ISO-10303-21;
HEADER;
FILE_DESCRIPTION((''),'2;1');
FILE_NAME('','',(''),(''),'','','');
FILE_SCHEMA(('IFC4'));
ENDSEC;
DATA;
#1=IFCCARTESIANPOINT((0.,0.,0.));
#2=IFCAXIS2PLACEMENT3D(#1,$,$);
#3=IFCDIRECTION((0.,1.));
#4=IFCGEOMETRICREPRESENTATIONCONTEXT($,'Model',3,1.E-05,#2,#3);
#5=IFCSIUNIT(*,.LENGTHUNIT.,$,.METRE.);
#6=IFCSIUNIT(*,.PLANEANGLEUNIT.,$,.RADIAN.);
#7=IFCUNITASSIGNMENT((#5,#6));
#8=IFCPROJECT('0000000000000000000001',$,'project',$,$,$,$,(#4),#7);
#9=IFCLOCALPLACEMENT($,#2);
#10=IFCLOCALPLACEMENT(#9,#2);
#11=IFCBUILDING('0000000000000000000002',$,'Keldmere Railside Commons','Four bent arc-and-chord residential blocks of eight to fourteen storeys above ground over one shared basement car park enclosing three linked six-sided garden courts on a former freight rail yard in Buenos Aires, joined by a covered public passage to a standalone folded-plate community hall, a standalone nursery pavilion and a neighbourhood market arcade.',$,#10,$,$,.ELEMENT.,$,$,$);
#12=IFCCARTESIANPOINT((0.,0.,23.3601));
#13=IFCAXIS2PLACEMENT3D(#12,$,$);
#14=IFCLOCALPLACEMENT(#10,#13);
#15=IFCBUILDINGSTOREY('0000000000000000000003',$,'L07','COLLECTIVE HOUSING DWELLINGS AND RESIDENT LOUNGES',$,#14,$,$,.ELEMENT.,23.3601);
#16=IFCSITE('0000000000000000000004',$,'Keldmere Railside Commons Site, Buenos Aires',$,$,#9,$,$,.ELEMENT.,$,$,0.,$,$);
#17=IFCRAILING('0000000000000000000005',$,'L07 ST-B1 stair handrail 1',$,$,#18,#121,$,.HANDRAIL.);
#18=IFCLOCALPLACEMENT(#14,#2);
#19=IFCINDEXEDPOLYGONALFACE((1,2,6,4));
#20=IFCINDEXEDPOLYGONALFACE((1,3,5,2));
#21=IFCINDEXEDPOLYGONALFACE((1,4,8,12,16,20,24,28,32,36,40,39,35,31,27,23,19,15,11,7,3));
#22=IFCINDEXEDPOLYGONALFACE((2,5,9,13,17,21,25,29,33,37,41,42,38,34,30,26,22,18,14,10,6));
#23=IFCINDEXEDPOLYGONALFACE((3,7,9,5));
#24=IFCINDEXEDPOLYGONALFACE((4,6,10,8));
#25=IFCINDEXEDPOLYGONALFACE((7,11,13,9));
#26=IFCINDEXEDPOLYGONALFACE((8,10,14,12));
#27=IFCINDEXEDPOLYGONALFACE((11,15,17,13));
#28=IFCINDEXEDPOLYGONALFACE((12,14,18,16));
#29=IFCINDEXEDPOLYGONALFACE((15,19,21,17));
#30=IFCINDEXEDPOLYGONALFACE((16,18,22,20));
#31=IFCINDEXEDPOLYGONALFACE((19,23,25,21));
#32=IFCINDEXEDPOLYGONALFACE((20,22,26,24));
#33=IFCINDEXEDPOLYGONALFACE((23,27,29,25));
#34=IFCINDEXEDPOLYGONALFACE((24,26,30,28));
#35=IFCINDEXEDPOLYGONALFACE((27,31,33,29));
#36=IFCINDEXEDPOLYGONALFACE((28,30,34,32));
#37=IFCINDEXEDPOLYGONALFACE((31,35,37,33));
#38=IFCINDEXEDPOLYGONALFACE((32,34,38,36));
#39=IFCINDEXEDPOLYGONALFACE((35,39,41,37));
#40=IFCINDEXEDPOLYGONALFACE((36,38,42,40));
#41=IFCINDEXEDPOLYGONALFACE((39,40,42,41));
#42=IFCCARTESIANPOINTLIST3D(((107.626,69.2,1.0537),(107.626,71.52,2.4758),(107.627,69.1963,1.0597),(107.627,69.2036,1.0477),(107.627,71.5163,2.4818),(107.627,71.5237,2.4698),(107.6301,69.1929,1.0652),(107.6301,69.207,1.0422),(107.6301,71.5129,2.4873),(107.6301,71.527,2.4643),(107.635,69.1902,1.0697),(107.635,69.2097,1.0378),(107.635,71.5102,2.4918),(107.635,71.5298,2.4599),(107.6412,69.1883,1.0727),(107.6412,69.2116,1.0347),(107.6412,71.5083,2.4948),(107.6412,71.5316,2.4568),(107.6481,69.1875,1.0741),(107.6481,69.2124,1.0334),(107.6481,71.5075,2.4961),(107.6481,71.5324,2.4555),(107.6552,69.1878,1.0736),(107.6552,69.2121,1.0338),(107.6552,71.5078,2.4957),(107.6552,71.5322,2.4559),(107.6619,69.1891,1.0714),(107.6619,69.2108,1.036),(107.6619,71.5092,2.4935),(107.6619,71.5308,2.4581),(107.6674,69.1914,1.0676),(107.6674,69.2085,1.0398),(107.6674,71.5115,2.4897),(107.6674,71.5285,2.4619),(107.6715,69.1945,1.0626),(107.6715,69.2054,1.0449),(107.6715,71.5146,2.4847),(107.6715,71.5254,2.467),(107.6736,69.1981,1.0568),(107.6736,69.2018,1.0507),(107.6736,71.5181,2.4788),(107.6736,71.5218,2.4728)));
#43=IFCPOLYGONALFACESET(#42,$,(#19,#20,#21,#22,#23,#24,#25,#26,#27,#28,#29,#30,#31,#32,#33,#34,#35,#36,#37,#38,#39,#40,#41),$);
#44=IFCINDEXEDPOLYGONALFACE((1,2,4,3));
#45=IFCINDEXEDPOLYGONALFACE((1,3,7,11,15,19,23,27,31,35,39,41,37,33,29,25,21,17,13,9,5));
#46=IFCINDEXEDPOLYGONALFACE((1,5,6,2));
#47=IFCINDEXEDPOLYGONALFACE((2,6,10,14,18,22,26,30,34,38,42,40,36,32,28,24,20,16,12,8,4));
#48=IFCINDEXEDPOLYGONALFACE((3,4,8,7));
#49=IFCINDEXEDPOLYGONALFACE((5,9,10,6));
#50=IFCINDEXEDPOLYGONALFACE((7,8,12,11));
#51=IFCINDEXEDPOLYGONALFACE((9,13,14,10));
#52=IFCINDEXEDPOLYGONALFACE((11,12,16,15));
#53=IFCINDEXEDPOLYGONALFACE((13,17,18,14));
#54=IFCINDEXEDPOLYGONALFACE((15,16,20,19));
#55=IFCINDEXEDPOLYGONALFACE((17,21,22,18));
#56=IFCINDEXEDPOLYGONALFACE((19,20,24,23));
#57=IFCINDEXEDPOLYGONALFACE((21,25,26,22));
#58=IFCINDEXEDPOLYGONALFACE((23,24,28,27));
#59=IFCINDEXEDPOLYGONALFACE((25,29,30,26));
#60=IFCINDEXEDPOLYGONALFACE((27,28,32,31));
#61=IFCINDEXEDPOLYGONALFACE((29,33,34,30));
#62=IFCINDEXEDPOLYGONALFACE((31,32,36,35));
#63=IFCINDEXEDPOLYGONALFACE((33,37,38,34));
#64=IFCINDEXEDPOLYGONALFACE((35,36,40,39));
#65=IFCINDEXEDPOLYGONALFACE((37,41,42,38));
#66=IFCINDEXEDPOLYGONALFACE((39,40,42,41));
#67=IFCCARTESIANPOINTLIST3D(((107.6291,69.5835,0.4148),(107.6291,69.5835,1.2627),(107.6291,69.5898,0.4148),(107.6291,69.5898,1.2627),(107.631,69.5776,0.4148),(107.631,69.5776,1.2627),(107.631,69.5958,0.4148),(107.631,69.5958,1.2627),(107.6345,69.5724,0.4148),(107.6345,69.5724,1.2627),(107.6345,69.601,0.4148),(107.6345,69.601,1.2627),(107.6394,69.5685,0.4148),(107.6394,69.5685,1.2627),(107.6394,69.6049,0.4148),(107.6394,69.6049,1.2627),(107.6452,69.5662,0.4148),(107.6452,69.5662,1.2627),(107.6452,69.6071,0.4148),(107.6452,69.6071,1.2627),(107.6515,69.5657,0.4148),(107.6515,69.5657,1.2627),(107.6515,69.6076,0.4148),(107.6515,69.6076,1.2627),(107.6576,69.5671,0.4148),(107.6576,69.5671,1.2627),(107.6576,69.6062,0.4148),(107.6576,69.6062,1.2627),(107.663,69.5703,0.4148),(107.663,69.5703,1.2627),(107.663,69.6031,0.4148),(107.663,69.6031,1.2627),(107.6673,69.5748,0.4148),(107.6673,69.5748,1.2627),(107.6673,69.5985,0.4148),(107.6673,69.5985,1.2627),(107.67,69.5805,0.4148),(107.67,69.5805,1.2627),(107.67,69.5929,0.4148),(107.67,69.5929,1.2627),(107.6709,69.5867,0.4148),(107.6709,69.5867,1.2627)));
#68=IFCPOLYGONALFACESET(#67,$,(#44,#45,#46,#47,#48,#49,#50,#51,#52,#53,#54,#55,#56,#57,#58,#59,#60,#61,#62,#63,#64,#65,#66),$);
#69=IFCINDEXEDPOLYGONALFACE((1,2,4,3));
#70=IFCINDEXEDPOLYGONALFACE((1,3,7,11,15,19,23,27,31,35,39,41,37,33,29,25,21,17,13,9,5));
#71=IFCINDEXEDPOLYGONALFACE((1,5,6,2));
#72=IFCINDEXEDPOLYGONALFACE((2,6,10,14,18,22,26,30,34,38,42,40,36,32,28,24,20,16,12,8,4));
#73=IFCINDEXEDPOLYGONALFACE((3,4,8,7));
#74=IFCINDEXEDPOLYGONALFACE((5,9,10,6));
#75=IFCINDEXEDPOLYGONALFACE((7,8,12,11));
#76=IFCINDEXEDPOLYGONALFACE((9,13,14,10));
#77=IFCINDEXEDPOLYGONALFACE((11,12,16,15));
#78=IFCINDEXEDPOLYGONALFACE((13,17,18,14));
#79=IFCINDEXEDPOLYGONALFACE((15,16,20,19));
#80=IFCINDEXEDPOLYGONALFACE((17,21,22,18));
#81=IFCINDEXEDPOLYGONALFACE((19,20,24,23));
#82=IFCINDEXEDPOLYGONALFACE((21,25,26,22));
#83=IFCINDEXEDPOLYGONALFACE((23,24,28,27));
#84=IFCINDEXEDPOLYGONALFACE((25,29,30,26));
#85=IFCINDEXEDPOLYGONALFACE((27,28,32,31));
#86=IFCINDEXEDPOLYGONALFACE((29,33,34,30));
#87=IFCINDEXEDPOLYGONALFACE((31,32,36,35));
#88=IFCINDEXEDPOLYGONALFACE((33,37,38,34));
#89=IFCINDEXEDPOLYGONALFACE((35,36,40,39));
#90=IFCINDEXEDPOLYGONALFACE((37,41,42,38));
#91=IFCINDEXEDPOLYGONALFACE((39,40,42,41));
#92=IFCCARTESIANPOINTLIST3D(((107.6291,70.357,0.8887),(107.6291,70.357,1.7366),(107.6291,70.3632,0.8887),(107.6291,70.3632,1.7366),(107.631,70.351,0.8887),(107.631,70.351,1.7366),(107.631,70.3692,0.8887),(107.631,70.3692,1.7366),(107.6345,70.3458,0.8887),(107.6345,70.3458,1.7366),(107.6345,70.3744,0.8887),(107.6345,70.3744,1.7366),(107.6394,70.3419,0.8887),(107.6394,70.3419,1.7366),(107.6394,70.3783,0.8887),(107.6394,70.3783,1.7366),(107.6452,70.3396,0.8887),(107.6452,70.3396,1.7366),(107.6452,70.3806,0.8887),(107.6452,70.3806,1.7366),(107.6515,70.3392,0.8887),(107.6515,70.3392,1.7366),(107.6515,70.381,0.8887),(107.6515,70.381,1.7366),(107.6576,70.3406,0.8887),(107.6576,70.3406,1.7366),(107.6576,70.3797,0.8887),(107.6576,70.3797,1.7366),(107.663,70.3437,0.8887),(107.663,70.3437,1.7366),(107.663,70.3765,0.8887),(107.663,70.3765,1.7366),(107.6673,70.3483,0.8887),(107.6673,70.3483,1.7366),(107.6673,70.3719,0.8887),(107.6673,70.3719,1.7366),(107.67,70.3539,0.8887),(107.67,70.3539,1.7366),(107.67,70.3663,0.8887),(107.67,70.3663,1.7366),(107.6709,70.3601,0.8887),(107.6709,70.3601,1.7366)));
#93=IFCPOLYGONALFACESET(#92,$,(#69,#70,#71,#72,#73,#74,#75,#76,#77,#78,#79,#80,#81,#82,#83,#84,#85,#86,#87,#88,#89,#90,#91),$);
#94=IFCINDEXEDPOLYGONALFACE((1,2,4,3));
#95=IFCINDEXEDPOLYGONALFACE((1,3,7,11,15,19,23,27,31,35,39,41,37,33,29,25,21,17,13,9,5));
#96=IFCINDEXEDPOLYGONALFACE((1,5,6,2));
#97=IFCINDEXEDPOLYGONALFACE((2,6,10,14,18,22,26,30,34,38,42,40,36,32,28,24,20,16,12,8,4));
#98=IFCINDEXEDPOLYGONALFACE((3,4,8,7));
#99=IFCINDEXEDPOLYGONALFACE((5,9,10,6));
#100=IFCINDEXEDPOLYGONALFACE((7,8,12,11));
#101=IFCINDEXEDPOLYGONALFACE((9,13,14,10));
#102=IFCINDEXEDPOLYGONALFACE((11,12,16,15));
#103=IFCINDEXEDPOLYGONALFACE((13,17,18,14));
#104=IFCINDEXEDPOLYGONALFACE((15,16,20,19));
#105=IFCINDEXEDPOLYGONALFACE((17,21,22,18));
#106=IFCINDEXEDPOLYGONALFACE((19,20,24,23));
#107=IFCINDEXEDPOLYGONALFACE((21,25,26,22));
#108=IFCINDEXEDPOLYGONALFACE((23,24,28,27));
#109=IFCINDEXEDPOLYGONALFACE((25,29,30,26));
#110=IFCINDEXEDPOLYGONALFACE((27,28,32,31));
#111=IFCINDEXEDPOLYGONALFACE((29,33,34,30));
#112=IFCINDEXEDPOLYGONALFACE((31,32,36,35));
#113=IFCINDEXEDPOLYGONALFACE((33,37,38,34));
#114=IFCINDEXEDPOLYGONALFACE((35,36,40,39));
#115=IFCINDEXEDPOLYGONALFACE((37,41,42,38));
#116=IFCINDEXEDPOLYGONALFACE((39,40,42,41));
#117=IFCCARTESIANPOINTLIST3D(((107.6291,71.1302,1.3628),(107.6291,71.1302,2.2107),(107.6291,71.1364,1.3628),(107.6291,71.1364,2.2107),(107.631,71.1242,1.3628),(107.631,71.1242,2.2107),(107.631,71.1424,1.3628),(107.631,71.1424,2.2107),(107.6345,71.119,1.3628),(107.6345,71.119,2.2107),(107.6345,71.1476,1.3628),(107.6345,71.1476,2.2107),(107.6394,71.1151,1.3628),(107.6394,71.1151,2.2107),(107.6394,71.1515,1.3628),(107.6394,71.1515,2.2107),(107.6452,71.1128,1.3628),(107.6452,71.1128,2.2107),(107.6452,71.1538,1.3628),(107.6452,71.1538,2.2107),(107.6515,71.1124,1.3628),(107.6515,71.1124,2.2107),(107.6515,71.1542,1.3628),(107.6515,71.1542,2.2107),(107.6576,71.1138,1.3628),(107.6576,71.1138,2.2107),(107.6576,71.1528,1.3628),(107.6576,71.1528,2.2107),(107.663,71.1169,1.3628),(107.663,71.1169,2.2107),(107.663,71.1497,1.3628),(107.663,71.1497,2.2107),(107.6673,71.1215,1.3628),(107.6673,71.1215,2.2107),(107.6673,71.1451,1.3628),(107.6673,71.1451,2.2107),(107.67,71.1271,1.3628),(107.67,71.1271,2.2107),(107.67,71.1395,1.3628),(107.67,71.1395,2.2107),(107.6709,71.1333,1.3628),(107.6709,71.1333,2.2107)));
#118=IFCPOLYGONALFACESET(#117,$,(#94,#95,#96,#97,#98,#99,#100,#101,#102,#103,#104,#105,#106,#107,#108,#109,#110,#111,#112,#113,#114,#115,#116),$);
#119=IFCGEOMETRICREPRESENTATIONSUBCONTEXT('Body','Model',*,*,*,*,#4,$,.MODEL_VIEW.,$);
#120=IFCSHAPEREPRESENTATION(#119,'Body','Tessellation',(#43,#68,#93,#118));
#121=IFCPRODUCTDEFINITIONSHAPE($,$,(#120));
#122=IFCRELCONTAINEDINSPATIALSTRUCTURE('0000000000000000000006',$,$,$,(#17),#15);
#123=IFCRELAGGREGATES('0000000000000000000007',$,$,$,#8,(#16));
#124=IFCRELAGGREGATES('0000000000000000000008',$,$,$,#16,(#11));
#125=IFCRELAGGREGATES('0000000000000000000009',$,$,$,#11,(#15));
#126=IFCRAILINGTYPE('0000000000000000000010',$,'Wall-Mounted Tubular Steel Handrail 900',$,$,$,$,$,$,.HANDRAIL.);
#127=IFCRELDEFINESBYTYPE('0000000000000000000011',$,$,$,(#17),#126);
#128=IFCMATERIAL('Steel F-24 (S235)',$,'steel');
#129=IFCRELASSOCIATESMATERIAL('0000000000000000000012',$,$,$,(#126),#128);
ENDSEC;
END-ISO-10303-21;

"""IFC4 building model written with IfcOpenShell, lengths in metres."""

from ifc_helpers import new_model, si_unit, direction, frame, origin, origin_2d, place, context, subcontext, project, spatial, circle, extrude, material, type_object, element, save


model = new_model("IFC4")

# Units and contexts
model_context = context("Model", 3, precision=1e-05, world=origin(), true_north=direction((0.0, 1.0)))
body_context = subcontext(model_context, "Body", "Model", "MODEL_VIEW")
ifc_project = project(units=[si_unit("LENGTHUNIT", "METRE"), si_unit("PLANEANGLEUNIT", "RADIAN")], contexts=[model_context])

# Site, building, storey
site_placement = place(None, origin())
site = spatial("IfcSite", under=ifc_project, at=site_placement, Name="Keldmere Railside Commons Site, Buenos Aires", CompositionType="ELEMENT", RefElevation=0.0)
building_placement = place(site_placement, origin())
building = spatial("IfcBuilding", under=site, at=building_placement, Name="Keldmere Railside Commons", Description="Four bent arc-and-chord residential blocks of eight to fourteen storeys above ground over one shared basement car park enclosing three linked six-sided garden courts on a former freight rail yard in Buenos Aires, joined by a covered public passage to a standalone folded-plate community hall, a standalone nursery pavilion and a neighbourhood market arcade.", CompositionType="ELEMENT")
storey_placement = place(building_placement, frame((0.0, 0.0, 23.3601)))
storey = spatial("IfcBuildingStorey", under=building, at=storey_placement, Name="L07", Description="COLLECTIVE HOUSING DWELLINGS AND RESIDENT LOUNGES", CompositionType="ELEMENT", Elevation=23.3601)

# Shared definitions
ifc_material_1 = material(Name="Steel F-24 (S235)", Category="steel")

# Railing
railing_type_1 = type_object("IfcRailingType", Name="Wall-Mounted Tubular Steel Handrail 900", PredefinedType="HANDRAIL", material=ifc_material_1)
railing_1_placement = place(storey_placement, frame((107.6499, 69.2, 0.1777)))
element("IfcRailing", 1, at=railing_1_placement, inside=storey, type_object=railing_type_1, Name="L07 ST-B1 stair handrail 1", PredefinedType="HANDRAIL", context=body_context, shape_type="SweptSolid", body=[
    extrude(circle(Radius=0.0239, at=origin_2d()), frame((0.0, 0.0, 0.876), z_axis=(0.0, 0.852578, 0.5226), x_axis=(-1.0, 0.0, 0.0)), (0.0, 0.0, 1.0), 2.7212),
    extrude(circle(Radius=0.021, at=origin_2d()), frame((0.0, 0.3867, 0.2371)), (0.0, 0.0, 1.0), 0.8479),
    extrude(circle(Radius=0.021, at=origin_2d()), frame((0.0, 1.1602, 0.7109)), (0.0, 0.0, 1.0), 0.8479),
    extrude(circle(Radius=0.021, at=origin_2d()), frame((0.0, 1.9333, 1.1851)), (0.0, 0.0, 1.0), 0.8479),
])

save(model, "model.ifc")
